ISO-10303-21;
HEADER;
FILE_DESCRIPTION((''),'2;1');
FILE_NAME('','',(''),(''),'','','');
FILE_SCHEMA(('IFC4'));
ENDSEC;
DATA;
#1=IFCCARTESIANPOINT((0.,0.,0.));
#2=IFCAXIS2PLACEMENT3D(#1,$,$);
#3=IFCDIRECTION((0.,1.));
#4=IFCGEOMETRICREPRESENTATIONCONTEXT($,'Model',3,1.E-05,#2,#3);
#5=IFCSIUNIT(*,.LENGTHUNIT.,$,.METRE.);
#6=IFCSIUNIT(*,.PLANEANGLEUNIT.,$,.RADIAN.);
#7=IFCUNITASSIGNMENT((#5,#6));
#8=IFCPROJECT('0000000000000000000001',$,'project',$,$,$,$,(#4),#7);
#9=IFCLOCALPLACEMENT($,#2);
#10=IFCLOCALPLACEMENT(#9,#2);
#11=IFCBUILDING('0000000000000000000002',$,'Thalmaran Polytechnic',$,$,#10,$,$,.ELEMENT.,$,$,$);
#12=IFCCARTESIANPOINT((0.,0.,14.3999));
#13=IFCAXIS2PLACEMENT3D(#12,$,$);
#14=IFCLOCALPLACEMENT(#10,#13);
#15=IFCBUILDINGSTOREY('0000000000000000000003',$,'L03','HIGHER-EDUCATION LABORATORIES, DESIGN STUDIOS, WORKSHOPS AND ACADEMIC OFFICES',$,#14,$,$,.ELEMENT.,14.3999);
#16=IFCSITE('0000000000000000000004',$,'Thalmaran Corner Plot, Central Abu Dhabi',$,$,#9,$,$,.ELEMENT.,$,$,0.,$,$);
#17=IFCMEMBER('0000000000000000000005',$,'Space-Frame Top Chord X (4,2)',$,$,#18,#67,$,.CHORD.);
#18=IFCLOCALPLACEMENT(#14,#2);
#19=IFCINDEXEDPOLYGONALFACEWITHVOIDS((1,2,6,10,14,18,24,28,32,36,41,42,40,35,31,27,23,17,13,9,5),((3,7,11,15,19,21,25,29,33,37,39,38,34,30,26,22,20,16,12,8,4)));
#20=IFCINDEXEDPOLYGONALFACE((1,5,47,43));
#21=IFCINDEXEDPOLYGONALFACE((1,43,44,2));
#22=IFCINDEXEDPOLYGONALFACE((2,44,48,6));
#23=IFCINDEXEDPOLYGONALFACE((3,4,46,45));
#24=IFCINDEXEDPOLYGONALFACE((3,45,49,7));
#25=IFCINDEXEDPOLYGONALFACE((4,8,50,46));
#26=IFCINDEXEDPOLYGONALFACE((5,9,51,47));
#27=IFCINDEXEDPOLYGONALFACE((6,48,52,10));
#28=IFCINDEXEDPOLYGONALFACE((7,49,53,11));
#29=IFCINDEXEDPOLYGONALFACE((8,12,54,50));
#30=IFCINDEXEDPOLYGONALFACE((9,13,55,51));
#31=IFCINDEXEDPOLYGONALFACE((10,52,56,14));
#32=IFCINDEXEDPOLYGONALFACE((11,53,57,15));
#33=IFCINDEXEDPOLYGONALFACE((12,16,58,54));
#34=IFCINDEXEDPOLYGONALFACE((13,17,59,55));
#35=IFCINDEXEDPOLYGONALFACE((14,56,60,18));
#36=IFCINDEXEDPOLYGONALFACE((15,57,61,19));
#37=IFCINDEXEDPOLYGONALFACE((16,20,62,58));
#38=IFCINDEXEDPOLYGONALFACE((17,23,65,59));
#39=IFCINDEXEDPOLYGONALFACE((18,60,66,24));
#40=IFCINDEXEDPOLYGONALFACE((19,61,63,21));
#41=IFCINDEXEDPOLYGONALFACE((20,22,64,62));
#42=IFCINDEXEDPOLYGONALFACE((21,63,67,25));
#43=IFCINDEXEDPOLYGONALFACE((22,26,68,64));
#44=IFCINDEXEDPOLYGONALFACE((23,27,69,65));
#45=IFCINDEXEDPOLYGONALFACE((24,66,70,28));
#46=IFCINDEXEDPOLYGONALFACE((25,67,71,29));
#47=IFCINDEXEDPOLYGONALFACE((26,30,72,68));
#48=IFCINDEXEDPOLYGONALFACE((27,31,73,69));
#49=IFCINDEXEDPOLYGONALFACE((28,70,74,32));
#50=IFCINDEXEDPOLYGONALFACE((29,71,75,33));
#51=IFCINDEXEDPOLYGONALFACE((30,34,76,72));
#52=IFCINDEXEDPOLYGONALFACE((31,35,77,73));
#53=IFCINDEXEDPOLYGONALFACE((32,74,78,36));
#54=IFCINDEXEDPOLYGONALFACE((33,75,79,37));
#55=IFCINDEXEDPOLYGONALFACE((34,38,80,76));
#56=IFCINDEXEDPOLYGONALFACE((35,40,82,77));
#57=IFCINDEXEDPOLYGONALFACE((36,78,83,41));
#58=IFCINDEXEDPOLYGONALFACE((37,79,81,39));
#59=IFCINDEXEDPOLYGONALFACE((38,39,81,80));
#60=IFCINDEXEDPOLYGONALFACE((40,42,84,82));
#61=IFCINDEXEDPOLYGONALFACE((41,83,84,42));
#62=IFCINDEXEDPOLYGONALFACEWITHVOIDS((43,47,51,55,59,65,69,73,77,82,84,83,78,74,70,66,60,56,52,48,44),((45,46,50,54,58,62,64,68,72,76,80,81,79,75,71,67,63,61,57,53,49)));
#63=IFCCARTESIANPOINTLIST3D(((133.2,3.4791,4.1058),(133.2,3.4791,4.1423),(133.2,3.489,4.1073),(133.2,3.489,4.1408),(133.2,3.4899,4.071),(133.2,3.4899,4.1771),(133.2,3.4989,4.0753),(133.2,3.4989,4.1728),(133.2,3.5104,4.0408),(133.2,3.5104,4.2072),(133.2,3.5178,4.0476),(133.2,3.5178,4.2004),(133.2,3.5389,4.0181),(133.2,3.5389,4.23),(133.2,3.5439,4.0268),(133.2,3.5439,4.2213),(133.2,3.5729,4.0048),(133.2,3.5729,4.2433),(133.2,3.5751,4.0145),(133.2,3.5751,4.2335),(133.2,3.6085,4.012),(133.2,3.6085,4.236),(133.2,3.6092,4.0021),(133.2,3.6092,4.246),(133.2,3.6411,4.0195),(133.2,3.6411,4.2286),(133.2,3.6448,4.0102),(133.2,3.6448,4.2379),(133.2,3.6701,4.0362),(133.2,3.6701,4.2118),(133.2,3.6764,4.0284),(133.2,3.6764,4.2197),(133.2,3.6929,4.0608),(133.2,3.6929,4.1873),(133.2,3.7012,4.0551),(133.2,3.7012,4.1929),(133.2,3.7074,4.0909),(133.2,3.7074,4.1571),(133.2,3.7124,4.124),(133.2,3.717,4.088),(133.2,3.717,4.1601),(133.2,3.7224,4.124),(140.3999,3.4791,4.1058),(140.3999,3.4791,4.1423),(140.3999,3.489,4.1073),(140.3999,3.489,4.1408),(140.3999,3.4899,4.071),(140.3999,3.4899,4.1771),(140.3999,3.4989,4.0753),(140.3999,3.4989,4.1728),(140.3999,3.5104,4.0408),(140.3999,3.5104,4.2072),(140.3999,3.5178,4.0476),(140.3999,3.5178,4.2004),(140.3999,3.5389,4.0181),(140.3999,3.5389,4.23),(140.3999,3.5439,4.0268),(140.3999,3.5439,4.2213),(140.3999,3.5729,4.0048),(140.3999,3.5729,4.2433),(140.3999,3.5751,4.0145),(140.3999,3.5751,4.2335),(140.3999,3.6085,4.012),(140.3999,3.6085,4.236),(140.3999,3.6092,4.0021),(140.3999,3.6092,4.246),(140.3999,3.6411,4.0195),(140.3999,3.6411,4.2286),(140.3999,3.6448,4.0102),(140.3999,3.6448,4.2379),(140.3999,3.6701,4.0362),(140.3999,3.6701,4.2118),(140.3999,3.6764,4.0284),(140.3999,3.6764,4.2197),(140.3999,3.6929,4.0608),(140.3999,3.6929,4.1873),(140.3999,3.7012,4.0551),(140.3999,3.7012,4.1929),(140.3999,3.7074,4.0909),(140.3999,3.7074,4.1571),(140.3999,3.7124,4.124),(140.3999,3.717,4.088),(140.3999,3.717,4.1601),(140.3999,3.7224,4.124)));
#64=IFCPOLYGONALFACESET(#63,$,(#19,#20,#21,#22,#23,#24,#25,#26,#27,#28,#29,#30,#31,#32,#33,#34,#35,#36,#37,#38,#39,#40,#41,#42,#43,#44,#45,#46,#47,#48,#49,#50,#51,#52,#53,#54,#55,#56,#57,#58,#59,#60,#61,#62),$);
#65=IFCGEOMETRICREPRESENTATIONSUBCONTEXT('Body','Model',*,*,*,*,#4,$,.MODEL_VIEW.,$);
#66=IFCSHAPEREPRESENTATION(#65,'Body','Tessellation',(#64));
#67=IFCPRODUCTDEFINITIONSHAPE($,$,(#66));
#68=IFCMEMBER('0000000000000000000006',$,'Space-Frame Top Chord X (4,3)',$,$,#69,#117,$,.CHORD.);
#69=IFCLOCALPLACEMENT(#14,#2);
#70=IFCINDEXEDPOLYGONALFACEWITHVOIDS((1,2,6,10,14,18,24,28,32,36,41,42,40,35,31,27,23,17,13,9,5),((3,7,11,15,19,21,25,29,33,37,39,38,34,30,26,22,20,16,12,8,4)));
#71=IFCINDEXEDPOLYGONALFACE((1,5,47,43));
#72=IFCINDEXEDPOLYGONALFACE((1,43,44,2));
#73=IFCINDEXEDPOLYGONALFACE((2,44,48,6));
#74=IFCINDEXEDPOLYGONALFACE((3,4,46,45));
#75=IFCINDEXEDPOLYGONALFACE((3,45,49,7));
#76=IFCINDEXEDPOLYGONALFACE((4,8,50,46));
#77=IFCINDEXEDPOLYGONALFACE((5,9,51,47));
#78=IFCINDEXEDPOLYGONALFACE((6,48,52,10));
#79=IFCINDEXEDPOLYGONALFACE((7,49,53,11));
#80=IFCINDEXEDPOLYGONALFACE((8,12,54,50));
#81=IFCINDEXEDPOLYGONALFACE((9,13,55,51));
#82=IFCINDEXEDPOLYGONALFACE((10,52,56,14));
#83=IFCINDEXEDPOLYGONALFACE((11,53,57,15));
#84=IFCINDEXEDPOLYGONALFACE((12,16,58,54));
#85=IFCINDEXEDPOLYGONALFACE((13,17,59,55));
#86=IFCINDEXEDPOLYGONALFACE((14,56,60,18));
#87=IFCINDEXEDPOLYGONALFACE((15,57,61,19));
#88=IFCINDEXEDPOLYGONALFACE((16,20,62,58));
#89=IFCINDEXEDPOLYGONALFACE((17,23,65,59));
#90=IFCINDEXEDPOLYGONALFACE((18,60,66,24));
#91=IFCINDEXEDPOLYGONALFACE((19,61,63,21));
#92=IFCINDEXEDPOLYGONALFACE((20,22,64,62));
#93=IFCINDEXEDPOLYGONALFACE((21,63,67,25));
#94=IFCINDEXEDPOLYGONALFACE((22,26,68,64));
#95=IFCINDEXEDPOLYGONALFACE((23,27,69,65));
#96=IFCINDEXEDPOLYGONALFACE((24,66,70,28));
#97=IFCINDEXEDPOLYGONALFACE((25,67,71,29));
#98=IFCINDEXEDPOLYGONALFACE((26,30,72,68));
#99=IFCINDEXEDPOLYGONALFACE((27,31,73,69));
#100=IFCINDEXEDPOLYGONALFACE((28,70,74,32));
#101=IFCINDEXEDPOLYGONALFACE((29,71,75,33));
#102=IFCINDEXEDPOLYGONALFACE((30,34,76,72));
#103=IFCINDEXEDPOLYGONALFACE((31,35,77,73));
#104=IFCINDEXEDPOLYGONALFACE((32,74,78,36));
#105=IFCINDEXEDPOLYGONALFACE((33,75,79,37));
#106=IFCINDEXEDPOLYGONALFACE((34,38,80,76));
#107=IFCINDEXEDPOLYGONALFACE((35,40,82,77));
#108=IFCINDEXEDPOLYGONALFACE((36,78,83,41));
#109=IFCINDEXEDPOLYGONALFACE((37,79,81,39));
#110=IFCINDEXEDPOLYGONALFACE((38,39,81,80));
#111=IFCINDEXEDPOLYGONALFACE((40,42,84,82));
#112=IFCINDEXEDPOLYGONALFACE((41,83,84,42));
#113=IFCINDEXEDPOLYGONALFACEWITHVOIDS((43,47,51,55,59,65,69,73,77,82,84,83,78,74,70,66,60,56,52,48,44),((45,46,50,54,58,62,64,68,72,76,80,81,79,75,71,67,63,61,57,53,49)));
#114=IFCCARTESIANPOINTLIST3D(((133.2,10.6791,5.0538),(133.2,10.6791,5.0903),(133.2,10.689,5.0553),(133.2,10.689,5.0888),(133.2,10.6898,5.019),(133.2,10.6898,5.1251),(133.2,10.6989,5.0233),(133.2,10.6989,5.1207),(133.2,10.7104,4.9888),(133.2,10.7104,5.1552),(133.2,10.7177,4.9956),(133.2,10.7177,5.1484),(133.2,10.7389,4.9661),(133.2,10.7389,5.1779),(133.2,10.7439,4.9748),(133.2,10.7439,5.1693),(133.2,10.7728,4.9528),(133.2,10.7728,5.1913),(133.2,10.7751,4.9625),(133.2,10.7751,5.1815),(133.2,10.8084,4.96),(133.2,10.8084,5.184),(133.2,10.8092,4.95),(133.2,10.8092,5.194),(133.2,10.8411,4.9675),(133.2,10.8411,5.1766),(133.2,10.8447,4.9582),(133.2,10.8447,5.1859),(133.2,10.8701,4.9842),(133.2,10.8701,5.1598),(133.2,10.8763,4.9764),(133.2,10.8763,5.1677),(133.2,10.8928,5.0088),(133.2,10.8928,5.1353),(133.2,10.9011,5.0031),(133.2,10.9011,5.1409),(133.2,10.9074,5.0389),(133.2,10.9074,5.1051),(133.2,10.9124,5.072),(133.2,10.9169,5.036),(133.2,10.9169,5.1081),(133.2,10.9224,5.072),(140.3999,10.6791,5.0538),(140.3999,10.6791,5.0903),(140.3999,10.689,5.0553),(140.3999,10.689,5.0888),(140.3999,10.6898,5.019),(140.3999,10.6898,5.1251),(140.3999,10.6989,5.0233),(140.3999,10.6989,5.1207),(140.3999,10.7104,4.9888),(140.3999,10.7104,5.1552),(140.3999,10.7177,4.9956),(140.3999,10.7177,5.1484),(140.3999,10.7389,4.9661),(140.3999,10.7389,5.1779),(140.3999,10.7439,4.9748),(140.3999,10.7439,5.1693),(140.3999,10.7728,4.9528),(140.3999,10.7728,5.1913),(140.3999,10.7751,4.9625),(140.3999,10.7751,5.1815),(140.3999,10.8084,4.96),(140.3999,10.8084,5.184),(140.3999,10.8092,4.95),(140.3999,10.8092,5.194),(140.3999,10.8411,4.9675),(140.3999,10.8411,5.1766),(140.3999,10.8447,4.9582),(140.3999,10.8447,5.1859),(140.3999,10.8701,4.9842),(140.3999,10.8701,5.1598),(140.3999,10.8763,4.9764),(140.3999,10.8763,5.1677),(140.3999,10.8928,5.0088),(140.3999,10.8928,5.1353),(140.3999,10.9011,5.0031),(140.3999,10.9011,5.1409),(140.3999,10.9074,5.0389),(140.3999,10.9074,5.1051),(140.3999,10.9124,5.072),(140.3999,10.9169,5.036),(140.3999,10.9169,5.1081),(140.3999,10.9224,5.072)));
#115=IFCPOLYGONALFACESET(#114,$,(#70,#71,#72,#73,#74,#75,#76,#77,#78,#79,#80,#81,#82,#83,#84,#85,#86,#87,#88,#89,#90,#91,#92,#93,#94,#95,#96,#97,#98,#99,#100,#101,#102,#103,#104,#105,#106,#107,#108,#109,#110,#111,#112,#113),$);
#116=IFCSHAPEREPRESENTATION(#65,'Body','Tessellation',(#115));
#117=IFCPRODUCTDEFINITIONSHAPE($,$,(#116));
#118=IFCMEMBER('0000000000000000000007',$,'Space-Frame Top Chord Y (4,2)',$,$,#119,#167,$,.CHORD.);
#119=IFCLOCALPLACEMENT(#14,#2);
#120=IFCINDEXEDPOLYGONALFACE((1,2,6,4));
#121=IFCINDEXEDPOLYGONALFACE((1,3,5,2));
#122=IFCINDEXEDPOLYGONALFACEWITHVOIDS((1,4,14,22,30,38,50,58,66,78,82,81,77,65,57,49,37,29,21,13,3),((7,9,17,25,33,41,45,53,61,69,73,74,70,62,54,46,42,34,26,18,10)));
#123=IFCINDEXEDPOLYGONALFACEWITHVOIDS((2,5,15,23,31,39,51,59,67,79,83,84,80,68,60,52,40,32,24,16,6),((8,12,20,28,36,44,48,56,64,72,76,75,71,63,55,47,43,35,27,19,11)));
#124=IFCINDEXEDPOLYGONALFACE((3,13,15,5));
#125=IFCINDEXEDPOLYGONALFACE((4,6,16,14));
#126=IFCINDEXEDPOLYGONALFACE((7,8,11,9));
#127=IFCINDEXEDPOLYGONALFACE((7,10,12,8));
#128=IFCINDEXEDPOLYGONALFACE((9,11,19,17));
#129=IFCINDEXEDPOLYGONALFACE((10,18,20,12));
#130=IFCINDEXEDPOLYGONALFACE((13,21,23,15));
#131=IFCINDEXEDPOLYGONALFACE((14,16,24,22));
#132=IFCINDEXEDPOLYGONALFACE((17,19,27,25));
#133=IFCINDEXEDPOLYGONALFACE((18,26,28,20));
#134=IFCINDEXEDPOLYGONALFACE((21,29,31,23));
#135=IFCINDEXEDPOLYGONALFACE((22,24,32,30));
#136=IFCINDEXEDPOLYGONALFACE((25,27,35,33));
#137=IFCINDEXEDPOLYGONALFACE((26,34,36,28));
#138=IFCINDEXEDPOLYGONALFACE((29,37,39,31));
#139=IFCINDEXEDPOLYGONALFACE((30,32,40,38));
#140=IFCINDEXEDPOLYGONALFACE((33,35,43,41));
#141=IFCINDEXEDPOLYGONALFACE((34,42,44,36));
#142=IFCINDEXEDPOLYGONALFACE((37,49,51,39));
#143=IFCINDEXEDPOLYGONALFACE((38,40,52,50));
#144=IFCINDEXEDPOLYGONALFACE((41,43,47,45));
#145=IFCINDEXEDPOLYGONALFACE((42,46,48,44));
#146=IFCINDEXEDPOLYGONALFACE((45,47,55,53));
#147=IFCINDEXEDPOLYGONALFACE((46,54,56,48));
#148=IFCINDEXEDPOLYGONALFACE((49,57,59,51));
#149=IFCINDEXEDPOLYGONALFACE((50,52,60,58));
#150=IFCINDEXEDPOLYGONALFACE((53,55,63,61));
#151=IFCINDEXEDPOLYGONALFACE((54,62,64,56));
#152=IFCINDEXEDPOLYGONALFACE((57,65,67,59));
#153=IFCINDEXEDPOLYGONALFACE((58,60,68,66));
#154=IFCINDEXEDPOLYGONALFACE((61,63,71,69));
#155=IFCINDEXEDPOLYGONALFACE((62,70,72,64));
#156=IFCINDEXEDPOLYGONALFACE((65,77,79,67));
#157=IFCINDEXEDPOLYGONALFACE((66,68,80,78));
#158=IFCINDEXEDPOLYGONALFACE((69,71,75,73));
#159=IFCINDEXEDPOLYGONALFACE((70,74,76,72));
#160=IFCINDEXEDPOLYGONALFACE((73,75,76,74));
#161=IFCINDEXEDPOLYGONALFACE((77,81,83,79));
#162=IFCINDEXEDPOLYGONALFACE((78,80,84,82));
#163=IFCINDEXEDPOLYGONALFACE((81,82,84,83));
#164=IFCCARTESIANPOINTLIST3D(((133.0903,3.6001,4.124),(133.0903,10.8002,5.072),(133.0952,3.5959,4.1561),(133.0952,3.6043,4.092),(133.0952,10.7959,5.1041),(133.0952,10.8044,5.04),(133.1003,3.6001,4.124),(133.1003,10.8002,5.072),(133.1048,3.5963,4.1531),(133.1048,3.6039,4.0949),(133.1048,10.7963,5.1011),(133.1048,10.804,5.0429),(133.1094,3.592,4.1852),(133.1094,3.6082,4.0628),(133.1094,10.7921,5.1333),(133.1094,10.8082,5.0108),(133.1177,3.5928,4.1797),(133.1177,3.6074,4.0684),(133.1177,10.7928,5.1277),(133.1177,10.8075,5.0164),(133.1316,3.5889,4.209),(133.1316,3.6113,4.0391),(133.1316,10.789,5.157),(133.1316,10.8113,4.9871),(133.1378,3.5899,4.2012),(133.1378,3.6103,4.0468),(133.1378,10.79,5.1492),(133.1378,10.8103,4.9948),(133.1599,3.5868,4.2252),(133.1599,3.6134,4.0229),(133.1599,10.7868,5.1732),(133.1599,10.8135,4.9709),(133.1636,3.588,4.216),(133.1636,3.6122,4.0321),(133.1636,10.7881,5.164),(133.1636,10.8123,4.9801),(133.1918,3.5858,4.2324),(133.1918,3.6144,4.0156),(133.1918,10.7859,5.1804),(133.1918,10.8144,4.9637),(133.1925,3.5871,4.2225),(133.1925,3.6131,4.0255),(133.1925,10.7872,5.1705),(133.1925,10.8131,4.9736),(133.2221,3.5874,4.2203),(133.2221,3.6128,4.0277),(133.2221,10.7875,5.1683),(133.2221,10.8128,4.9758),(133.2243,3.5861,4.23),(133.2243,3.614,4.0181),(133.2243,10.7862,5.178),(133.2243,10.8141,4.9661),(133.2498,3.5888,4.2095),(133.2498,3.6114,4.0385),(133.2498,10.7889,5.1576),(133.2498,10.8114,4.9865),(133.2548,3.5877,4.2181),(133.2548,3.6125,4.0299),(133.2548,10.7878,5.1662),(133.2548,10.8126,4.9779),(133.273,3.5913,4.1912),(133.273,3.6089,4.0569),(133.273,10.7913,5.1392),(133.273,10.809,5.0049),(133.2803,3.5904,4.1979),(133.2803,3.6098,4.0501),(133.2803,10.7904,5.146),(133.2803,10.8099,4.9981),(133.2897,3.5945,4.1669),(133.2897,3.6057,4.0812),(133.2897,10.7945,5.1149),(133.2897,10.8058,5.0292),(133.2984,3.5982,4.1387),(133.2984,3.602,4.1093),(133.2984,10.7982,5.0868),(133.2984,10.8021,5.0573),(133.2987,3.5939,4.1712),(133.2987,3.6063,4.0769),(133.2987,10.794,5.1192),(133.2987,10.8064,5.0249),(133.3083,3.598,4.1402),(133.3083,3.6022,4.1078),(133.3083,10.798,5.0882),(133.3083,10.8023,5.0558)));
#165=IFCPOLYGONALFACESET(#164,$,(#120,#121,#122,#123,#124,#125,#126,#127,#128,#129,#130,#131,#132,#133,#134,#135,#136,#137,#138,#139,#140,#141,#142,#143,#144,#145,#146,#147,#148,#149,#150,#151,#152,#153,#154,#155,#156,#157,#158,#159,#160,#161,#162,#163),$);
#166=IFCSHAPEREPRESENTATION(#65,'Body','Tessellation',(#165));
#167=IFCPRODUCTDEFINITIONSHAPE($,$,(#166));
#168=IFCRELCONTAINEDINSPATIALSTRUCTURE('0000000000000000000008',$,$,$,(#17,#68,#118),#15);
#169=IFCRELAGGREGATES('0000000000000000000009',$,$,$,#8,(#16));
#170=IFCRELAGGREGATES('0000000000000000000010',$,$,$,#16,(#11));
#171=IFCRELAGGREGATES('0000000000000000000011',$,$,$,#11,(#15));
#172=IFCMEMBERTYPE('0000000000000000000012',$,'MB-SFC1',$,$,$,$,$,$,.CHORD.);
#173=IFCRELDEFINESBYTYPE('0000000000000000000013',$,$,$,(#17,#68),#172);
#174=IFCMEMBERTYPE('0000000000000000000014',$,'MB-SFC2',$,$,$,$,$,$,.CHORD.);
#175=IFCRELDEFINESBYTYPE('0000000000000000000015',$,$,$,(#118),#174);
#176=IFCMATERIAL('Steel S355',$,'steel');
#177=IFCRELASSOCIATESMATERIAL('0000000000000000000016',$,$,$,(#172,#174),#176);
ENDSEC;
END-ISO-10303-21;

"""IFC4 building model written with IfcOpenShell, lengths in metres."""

from ifc_helpers import new_model, si_unit, direction, frame, origin, origin_2d, place, context, subcontext, project, spatial, hollow_circle, extrude, material, material_profile, profile_set, type_object, element, save


model = new_model("IFC4")

# Units and contexts
model_context = context("Model", 3, precision=1e-05, world=origin(), true_north=direction((0.0, 1.0)))
body_context = subcontext(model_context, "Body", "Model", "MODEL_VIEW")
ifc_project = project(units=[si_unit("LENGTHUNIT", "METRE"), si_unit("PLANEANGLEUNIT", "RADIAN")], contexts=[model_context])

# Site, building, storey
site_placement = place(None, origin())
site = spatial("IfcSite", under=ifc_project, at=site_placement, Name="Thalmaran Corner Plot, Central Abu Dhabi", CompositionType="ELEMENT", RefElevation=0.0)
building_placement = place(site_placement, origin())
building = spatial("IfcBuilding", under=site, at=building_placement, Name="Thalmaran Polytechnic", CompositionType="ELEMENT")
storey_placement = place(building_placement, frame((0.0, 0.0, 14.3999)))
storey = spatial("IfcBuildingStorey", under=building, at=storey_placement, Name="L03", Description="HIGHER-EDUCATION LABORATORIES, DESIGN STUDIOS, WORKSHOPS AND ACADEMIC OFFICES", CompositionType="ELEMENT", Elevation=14.3999)

# Members
ifc_material = material(Name="Steel S355", Category="steel")
ifc_material_profile_1 = material_profile(ifc_material, hollow_circle(Radius=0.1223, WallThickness=0.01, at=origin_2d()), Name="CHS 244.5x10.0")
ifc_profile_set_1 = profile_set([ifc_material_profile_1], Name="Steel S355")
member_type_1 = type_object("IfcMemberType", Name="MB-SFC1", PredefinedType="CHORD", material=ifc_profile_set_1)
for number, where, z_axis, x_axis, name in (
    (1, (133.2, 3.6001, 4.124), (1.0, 0.0, 0.0), (0.0, 1.0, 0.0), "Space-Frame Top Chord X (4,2)"),
    (2, (133.2, 10.8, 5.072), (1.0, 0.0, 0.0), (0.0, 1.0, 0.0), "Space-Frame Top Chord X (4,3)"),
):
    element("IfcMember", number, at=place(storey_placement, frame(where, z_axis=z_axis, x_axis=x_axis)), inside=storey, type_object=member_type_1, Name=name, PredefinedType="CHORD", context=body_context, shape_type="SweptSolid", body=[
        extrude(hollow_circle(Radius=0.1223, WallThickness=0.01, at=origin_2d()), origin(), (0.0, 0.0, 1.0), 7.2),
    ])
ifc_material_profile_2 = material_profile(ifc_material, hollow_circle(Radius=0.1096, WallThickness=0.01, at=origin_2d()), Name="CHS 219.1x10.0")
ifc_profile_set_2 = profile_set([ifc_material_profile_2], Name="Steel S355")
member_type_2 = type_object("IfcMemberType", Name="MB-SFC2", PredefinedType="CHORD", material=ifc_profile_set_2)
member_1_placement = place(storey_placement, frame((133.2, 3.6001, 4.124), z_axis=(0.0, 0.991443, 0.130541), x_axis=(-1.0, 0.0, 0.0)))
element("IfcMember", 3, at=member_1_placement, inside=storey, type_object=member_type_2, Name="Space-Frame Top Chord Y (4,2)", PredefinedType="CHORD", context=body_context, shape_type="SweptSolid", body=[
    extrude(hollow_circle(Radius=0.1096, WallThickness=0.01, at=origin_2d()), origin(), (0.0, 0.0, 1.0), 7.2622),
])

save(model, "model.ifc")
